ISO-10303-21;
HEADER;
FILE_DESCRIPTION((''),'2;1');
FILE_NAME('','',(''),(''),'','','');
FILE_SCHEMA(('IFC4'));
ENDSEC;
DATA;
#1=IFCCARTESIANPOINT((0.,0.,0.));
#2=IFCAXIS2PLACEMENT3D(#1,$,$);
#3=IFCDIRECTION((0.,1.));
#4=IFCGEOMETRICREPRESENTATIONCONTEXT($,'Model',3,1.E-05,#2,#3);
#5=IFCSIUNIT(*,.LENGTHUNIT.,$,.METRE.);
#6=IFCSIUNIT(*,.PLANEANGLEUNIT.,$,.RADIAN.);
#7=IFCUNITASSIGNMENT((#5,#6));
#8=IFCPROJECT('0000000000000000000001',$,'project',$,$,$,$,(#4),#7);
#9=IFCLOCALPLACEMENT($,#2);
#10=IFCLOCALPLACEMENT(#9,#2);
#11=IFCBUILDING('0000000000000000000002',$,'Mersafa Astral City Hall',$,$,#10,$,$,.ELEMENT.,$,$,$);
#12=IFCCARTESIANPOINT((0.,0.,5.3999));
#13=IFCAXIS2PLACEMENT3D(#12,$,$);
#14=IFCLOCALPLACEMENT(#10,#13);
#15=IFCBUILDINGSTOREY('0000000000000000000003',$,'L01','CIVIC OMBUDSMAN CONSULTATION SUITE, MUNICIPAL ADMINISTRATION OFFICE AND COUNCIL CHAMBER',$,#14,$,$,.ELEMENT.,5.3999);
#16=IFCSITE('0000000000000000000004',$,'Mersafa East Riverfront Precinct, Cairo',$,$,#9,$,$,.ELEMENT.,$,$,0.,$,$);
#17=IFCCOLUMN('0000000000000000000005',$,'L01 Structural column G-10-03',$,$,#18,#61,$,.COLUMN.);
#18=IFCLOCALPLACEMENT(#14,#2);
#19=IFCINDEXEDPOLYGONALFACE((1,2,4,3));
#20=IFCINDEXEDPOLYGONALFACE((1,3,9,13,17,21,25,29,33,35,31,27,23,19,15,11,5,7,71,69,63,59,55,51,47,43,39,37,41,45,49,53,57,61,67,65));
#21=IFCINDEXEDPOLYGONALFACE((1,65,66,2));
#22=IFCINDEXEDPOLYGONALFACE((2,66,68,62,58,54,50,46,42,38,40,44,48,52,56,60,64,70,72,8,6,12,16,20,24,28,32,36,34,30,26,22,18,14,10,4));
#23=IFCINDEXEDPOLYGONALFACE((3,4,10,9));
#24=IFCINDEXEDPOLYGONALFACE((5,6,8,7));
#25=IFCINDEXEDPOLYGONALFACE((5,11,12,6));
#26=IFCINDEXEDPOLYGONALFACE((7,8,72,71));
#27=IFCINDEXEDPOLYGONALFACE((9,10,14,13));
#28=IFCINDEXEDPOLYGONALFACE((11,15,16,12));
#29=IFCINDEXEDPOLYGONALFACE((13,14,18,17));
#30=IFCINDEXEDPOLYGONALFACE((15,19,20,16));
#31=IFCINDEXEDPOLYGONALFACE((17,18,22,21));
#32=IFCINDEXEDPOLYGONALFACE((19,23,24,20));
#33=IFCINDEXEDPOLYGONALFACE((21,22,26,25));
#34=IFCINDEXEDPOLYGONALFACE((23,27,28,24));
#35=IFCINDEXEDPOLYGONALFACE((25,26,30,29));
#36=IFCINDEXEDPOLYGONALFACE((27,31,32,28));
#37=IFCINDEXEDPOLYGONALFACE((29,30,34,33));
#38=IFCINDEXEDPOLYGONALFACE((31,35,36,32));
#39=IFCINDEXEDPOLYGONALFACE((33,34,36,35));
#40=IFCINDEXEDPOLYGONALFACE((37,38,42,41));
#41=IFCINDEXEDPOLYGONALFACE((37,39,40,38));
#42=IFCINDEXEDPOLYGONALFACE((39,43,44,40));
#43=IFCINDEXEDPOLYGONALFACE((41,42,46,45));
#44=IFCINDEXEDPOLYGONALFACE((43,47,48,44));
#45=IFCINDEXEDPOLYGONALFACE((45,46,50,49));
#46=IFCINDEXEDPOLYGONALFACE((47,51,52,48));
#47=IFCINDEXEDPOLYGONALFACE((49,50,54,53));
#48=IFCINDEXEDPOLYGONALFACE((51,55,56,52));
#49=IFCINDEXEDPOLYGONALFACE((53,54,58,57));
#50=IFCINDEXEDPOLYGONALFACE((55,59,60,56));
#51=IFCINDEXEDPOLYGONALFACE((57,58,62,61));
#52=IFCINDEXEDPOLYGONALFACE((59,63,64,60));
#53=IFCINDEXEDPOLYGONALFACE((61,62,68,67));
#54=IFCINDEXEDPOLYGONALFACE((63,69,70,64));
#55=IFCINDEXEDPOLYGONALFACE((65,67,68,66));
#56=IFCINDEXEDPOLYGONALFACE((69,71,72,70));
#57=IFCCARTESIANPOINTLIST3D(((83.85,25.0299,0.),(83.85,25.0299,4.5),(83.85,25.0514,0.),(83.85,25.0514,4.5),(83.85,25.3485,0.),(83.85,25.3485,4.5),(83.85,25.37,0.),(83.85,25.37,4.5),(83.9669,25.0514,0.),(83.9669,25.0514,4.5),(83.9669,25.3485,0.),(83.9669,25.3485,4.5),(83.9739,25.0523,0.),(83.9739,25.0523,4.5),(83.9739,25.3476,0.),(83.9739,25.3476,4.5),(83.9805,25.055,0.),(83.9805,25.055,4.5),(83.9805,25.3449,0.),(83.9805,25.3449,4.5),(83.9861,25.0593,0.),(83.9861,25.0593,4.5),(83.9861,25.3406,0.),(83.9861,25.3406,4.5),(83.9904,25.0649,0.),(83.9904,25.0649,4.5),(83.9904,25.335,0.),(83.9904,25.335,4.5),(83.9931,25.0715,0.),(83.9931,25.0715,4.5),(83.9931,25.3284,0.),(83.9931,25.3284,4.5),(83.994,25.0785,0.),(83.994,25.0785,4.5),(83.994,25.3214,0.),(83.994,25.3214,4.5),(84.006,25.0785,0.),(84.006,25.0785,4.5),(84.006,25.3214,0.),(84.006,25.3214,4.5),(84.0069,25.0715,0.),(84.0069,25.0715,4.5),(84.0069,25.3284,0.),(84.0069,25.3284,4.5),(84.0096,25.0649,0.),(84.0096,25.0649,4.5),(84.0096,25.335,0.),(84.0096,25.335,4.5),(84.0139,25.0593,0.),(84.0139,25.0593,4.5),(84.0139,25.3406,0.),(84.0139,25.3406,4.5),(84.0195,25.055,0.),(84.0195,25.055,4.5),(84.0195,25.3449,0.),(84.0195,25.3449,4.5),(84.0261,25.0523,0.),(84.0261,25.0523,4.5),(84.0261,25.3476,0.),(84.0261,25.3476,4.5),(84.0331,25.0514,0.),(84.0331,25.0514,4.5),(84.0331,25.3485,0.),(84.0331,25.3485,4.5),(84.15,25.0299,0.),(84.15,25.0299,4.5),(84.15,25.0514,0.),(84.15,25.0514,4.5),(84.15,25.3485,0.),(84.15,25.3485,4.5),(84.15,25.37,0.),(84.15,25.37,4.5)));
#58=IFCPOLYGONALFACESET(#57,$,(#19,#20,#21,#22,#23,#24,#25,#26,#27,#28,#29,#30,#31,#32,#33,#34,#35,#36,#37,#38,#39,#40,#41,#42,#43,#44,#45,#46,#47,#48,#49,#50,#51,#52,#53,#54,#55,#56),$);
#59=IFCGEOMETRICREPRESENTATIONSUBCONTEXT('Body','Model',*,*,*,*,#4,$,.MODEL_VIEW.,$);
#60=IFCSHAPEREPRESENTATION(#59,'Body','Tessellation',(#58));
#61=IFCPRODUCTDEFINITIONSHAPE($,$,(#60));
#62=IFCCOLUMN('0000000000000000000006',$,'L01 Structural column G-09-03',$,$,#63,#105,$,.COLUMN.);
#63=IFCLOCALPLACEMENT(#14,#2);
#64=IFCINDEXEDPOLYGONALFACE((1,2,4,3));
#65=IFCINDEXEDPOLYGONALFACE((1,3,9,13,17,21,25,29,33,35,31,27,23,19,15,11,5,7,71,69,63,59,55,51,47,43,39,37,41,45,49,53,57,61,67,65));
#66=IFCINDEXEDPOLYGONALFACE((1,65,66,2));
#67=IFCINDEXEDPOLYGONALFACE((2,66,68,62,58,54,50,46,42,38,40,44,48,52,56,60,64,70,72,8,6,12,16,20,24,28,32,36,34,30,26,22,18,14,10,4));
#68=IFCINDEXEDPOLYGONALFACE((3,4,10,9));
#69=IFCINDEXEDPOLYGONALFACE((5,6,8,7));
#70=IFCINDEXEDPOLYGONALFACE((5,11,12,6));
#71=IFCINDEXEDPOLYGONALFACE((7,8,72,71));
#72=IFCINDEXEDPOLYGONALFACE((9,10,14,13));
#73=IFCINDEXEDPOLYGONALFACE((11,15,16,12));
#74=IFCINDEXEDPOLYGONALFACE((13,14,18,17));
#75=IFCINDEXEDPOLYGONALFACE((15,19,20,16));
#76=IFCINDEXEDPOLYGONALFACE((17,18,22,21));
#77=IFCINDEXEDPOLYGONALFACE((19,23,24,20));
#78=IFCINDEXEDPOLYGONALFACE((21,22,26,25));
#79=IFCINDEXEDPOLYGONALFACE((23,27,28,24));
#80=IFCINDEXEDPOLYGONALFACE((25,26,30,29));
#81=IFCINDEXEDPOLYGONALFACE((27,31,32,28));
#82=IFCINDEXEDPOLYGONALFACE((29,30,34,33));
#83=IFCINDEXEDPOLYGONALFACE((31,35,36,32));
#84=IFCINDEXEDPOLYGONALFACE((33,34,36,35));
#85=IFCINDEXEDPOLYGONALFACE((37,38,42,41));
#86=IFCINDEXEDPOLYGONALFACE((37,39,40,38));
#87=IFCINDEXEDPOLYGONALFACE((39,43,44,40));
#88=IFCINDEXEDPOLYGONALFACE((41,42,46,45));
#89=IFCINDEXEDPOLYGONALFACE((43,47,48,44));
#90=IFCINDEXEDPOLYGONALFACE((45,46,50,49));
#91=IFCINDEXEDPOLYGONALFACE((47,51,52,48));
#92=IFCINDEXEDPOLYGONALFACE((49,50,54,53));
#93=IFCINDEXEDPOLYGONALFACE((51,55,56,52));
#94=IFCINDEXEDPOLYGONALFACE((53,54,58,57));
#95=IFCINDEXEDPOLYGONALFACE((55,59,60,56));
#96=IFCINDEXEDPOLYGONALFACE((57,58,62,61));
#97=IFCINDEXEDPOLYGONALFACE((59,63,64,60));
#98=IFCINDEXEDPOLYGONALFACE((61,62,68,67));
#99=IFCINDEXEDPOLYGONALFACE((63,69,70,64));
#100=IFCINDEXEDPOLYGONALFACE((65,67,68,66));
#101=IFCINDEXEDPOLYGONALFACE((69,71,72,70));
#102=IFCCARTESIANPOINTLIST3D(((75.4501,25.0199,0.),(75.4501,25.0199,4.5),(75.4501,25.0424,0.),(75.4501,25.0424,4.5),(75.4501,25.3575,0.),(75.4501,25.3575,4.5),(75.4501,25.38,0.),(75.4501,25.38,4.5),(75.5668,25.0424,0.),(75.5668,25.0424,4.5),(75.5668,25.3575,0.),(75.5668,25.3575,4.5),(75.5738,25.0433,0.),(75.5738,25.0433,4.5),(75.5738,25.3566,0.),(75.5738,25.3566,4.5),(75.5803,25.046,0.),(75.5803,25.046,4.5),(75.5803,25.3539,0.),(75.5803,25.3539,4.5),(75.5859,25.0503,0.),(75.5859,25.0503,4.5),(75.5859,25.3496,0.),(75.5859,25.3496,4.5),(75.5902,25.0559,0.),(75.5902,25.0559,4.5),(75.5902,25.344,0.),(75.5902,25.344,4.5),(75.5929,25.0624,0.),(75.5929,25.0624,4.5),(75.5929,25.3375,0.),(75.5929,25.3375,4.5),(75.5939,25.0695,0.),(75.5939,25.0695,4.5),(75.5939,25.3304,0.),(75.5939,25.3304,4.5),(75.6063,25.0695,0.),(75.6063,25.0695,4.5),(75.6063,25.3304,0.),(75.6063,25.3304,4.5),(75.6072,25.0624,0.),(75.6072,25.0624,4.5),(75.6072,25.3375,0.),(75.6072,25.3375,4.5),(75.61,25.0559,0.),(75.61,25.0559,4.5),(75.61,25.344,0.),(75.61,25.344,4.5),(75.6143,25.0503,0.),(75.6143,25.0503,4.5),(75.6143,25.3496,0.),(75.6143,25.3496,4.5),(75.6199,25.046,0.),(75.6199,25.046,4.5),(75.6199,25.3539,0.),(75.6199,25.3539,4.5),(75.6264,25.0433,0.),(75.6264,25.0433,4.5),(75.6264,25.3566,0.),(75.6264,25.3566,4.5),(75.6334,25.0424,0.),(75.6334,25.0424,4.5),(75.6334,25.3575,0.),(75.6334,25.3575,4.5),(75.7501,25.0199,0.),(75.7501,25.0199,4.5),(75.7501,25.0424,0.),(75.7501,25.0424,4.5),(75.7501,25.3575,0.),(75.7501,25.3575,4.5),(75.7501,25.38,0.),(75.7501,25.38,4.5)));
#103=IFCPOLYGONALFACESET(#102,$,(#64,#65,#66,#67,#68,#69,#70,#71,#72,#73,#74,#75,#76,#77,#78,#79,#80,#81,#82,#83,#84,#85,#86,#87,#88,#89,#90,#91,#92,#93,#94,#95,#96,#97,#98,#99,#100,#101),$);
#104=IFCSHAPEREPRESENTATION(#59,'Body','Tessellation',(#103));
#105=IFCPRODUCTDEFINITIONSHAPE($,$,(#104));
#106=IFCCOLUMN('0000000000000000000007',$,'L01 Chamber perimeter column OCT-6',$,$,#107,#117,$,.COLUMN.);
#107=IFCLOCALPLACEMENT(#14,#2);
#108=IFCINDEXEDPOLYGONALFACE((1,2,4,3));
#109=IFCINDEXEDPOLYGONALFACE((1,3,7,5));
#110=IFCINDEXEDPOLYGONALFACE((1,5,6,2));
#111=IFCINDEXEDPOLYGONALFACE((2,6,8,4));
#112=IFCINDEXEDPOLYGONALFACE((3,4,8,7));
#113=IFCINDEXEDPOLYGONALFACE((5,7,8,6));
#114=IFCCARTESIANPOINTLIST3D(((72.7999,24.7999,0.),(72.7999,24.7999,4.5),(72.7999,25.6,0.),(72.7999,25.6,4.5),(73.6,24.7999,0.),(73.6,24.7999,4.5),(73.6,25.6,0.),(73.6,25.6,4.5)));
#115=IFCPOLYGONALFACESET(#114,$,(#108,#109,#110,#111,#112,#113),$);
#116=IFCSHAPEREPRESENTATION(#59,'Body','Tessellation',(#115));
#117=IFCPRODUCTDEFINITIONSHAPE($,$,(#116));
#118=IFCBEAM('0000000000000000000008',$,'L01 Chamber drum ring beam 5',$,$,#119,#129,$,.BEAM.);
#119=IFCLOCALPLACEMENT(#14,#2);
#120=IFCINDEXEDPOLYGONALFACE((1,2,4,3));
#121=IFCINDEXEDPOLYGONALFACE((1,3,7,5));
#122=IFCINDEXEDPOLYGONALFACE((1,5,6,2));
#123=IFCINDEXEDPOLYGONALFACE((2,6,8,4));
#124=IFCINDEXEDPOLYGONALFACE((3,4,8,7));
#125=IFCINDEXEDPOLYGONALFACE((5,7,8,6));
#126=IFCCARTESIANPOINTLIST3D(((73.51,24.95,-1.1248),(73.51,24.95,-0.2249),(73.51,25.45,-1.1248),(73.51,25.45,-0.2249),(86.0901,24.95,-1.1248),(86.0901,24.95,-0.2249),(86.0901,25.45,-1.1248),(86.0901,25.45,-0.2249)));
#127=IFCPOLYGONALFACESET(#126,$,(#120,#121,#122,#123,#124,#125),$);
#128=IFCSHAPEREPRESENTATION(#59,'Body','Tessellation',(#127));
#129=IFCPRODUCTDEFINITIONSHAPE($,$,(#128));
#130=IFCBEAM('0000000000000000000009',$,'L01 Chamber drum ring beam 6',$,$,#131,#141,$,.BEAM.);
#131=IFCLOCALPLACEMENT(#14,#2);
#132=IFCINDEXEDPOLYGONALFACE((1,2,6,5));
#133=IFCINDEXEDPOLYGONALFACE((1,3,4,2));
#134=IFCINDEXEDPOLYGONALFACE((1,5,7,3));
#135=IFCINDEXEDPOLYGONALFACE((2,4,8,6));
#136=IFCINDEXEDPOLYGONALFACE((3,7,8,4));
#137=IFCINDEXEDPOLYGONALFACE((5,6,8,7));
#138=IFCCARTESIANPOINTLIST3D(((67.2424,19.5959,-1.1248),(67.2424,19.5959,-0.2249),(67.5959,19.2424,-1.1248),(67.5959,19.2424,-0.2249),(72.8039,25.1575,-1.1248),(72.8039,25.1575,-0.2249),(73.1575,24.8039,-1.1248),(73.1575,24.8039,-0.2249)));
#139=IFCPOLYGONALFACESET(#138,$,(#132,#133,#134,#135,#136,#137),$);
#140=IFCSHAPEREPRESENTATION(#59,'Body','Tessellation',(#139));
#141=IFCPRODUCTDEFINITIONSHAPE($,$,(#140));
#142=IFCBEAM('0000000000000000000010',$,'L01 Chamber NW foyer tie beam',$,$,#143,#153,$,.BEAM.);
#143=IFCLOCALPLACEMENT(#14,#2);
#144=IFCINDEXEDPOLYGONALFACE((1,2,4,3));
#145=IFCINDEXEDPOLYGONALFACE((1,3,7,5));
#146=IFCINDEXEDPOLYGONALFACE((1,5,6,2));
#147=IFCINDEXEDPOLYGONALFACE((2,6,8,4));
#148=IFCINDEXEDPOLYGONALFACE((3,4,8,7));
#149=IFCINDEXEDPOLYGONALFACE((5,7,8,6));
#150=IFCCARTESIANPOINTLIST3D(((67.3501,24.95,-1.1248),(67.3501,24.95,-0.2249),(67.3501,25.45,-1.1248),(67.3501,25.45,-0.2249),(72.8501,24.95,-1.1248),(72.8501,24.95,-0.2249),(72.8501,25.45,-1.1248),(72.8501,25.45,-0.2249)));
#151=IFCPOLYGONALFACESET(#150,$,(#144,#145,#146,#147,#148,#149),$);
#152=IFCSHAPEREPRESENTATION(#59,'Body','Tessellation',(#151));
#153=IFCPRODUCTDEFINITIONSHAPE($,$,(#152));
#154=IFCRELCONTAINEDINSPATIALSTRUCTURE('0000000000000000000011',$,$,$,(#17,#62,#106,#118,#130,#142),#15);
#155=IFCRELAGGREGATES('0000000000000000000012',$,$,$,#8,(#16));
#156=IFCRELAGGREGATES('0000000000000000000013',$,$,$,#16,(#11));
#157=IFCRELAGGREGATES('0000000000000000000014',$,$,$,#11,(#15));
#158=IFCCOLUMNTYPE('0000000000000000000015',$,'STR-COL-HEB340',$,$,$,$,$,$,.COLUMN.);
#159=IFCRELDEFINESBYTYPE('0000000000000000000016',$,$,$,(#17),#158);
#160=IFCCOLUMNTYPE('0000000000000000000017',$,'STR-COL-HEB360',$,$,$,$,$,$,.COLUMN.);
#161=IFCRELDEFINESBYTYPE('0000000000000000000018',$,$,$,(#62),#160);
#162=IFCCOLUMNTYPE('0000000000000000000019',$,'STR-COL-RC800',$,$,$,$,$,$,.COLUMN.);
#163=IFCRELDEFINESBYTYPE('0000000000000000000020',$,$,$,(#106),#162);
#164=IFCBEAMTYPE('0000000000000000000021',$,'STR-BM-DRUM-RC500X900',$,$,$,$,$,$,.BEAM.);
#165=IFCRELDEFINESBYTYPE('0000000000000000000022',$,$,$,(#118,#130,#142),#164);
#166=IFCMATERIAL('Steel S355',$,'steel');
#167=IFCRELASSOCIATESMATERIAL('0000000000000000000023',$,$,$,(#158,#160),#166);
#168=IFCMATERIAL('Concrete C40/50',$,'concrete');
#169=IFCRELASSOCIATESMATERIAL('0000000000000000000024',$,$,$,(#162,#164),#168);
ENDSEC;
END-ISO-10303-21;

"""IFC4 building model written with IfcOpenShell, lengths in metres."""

from ifc_helpers import new_model, si_unit, direction, frame, origin, origin_2d, place, context, subcontext, project, spatial, rectangle, i_section, extrude, material, material_profile, profile_set, type_object, element, save


model = new_model("IFC4")

# Units and contexts
model_context = context("Model", 3, precision=1e-05, world=origin(), true_north=direction((0.0, 1.0)))
body_context = subcontext(model_context, "Body", "Model", "MODEL_VIEW")
ifc_project = project(units=[si_unit("LENGTHUNIT", "METRE"), si_unit("PLANEANGLEUNIT", "RADIAN")], contexts=[model_context])

# Site, building, storey
site_placement = place(None, origin())
site = spatial("IfcSite", under=ifc_project, at=site_placement, Name="Mersafa East Riverfront Precinct, Cairo", CompositionType="ELEMENT", RefElevation=0.0)
building_placement = place(site_placement, origin())
building = spatial("IfcBuilding", under=site, at=building_placement, Name="Mersafa Astral City Hall", CompositionType="ELEMENT")
storey_placement = place(building_placement, frame((0.0, 0.0, 5.3999)))
storey = spatial("IfcBuildingStorey", under=building, at=storey_placement, Name="L01", Description="CIVIC OMBUDSMAN CONSULTATION SUITE, MUNICIPAL ADMINISTRATION OFFICE AND COUNCIL CHAMBER", CompositionType="ELEMENT", Elevation=5.3999)

# Columns
ifc_material_1 = material(Name="Steel S355", Category="steel")
ifc_material_profile_1 = material_profile(ifc_material_1, i_section(OverallWidth=0.3, OverallDepth=0.3401, WebThickness=0.012, FlangeThickness=0.0215, FilletRadius=0.0271, at=origin_2d()), Name="HEB 340")
ifc_profile_set_1 = profile_set([ifc_material_profile_1], Name="Steel S355")
column_type_1 = type_object("IfcColumnType", Name="STR-COL-HEB340", PredefinedType="COLUMN", material=ifc_profile_set_1)
column_1_placement = place(storey_placement, frame((84.0, 25.2, 0.0), z_axis=(0.0, 0.0, 1.0), x_axis=(1.0, 0.0, 0.0)))
element("IfcColumn", 1, at=column_1_placement, inside=storey, type_object=column_type_1, Name="L01 Structural column G-10-03", PredefinedType="COLUMN", context=body_context, shape_type="SweptSolid", body=[
    extrude(i_section(OverallWidth=0.3, OverallDepth=0.3401, WebThickness=0.012, FlangeThickness=0.0215, FilletRadius=0.0271, at=origin_2d()), origin(), (0.0, 0.0, 1.0), 4.5),
])
ifc_material_profile_2 = material_profile(ifc_material_1, i_section(OverallWidth=0.3, OverallDepth=0.3601, WebThickness=0.0125, FlangeThickness=0.0225, FilletRadius=0.0271, at=origin_2d()), Name="HEB 360")
ifc_profile_set_2 = profile_set([ifc_material_profile_2], Name="Steel S355")
column_type_2 = type_object("IfcColumnType", Name="STR-COL-HEB360", PredefinedType="COLUMN", material=ifc_profile_set_2)
column_2_placement = place(storey_placement, frame((75.6001, 25.2, 0.0), z_axis=(0.0, 0.0, 1.0), x_axis=(1.0, 0.0, 0.0)))
element("IfcColumn", 2, at=column_2_placement, inside=storey, type_object=column_type_2, Name="L01 Structural column G-09-03", PredefinedType="COLUMN", context=body_context, shape_type="SweptSolid", body=[
    extrude(i_section(OverallWidth=0.3, OverallDepth=0.3601, WebThickness=0.0125, FlangeThickness=0.0225, FilletRadius=0.0271, at=origin_2d()), origin(), (0.0, 0.0, 1.0), 4.5),
])
ifc_material_2 = material(Name="Concrete C40/50", Category="concrete")
ifc_material_profile_3 = material_profile(ifc_material_2, rectangle(XDim=0.8, YDim=0.8, at=origin_2d()), Name="RC 800x800")
ifc_profile_set_3 = profile_set([ifc_material_profile_3], Name="Concrete C40/50")
column_type_3 = type_object("IfcColumnType", Name="STR-COL-RC800", PredefinedType="COLUMN", material=ifc_profile_set_3)
column_3_placement = place(storey_placement, frame((73.2, 25.2, 0.0), z_axis=(0.0, 0.0, 1.0), x_axis=(1.0, 0.0, 0.0)))
element("IfcColumn", 3, at=column_3_placement, inside=storey, type_object=column_type_3, Name="L01 Chamber perimeter column OCT-6", PredefinedType="COLUMN", context=body_context, shape_type="SweptSolid", body=[
    extrude(rectangle(XDim=0.8, YDim=0.8, at=origin_2d()), origin(), (0.0, 0.0, 1.0), 4.5),
])

# Beams
ifc_material_profile_4 = material_profile(ifc_material_2, rectangle(XDim=0.5, YDim=0.8999, at=origin_2d()), Name="RC 500x900")
ifc_profile_set_4 = profile_set([ifc_material_profile_4], Name="Concrete C40/50")
beam_type_1 = type_object("IfcBeamType", Name="STR-BM-DRUM-RC500X900", PredefinedType="BEAM", material=ifc_profile_set_4)
beam_1_placement = place(storey_placement, frame((86.0901, 25.2, -0.6748), z_axis=(-1.0, 0.0, 0.0), x_axis=(0.0, -1.0, 0.0)))
element("IfcBeam", 4, at=beam_1_placement, inside=storey, type_object=beam_type_1, Name="L01 Chamber drum ring beam 5", PredefinedType="BEAM", context=body_context, shape_type="SweptSolid", body=[
    extrude(rectangle(XDim=0.5, YDim=0.8999, at=origin_2d()), origin(), (0.0, 0.0, 1.0), 12.5801),
])
beam_2_placement = place(storey_placement, frame((72.9807, 24.9807, -0.6748), z_axis=(-0.707107, -0.707107, 0.0), x_axis=(0.707107, -0.707107, 0.0)))
element("IfcBeam", 5, at=beam_2_placement, inside=storey, type_object=beam_type_1, Name="L01 Chamber drum ring beam 6", PredefinedType="BEAM", context=body_context, shape_type="SweptSolid", body=[
    extrude(rectangle(XDim=0.5, YDim=0.8999, at=origin_2d()), origin(), (0.0, 0.0, 1.0), 7.8652),
])
beam_3_placement = place(storey_placement, frame((67.3501, 25.2, -0.6748), z_axis=(1.0, 0.0, 0.0), x_axis=(0.0, 1.0, 0.0)))
element("IfcBeam", 6, at=beam_3_placement, inside=storey, type_object=beam_type_1, Name="L01 Chamber NW foyer tie beam", PredefinedType="BEAM", context=body_context, shape_type="SweptSolid", body=[
    extrude(rectangle(XDim=0.5, YDim=0.8999, at=origin_2d()), origin(), (0.0, 0.0, 1.0), 5.5),
])

save(model, "model.ifc")
